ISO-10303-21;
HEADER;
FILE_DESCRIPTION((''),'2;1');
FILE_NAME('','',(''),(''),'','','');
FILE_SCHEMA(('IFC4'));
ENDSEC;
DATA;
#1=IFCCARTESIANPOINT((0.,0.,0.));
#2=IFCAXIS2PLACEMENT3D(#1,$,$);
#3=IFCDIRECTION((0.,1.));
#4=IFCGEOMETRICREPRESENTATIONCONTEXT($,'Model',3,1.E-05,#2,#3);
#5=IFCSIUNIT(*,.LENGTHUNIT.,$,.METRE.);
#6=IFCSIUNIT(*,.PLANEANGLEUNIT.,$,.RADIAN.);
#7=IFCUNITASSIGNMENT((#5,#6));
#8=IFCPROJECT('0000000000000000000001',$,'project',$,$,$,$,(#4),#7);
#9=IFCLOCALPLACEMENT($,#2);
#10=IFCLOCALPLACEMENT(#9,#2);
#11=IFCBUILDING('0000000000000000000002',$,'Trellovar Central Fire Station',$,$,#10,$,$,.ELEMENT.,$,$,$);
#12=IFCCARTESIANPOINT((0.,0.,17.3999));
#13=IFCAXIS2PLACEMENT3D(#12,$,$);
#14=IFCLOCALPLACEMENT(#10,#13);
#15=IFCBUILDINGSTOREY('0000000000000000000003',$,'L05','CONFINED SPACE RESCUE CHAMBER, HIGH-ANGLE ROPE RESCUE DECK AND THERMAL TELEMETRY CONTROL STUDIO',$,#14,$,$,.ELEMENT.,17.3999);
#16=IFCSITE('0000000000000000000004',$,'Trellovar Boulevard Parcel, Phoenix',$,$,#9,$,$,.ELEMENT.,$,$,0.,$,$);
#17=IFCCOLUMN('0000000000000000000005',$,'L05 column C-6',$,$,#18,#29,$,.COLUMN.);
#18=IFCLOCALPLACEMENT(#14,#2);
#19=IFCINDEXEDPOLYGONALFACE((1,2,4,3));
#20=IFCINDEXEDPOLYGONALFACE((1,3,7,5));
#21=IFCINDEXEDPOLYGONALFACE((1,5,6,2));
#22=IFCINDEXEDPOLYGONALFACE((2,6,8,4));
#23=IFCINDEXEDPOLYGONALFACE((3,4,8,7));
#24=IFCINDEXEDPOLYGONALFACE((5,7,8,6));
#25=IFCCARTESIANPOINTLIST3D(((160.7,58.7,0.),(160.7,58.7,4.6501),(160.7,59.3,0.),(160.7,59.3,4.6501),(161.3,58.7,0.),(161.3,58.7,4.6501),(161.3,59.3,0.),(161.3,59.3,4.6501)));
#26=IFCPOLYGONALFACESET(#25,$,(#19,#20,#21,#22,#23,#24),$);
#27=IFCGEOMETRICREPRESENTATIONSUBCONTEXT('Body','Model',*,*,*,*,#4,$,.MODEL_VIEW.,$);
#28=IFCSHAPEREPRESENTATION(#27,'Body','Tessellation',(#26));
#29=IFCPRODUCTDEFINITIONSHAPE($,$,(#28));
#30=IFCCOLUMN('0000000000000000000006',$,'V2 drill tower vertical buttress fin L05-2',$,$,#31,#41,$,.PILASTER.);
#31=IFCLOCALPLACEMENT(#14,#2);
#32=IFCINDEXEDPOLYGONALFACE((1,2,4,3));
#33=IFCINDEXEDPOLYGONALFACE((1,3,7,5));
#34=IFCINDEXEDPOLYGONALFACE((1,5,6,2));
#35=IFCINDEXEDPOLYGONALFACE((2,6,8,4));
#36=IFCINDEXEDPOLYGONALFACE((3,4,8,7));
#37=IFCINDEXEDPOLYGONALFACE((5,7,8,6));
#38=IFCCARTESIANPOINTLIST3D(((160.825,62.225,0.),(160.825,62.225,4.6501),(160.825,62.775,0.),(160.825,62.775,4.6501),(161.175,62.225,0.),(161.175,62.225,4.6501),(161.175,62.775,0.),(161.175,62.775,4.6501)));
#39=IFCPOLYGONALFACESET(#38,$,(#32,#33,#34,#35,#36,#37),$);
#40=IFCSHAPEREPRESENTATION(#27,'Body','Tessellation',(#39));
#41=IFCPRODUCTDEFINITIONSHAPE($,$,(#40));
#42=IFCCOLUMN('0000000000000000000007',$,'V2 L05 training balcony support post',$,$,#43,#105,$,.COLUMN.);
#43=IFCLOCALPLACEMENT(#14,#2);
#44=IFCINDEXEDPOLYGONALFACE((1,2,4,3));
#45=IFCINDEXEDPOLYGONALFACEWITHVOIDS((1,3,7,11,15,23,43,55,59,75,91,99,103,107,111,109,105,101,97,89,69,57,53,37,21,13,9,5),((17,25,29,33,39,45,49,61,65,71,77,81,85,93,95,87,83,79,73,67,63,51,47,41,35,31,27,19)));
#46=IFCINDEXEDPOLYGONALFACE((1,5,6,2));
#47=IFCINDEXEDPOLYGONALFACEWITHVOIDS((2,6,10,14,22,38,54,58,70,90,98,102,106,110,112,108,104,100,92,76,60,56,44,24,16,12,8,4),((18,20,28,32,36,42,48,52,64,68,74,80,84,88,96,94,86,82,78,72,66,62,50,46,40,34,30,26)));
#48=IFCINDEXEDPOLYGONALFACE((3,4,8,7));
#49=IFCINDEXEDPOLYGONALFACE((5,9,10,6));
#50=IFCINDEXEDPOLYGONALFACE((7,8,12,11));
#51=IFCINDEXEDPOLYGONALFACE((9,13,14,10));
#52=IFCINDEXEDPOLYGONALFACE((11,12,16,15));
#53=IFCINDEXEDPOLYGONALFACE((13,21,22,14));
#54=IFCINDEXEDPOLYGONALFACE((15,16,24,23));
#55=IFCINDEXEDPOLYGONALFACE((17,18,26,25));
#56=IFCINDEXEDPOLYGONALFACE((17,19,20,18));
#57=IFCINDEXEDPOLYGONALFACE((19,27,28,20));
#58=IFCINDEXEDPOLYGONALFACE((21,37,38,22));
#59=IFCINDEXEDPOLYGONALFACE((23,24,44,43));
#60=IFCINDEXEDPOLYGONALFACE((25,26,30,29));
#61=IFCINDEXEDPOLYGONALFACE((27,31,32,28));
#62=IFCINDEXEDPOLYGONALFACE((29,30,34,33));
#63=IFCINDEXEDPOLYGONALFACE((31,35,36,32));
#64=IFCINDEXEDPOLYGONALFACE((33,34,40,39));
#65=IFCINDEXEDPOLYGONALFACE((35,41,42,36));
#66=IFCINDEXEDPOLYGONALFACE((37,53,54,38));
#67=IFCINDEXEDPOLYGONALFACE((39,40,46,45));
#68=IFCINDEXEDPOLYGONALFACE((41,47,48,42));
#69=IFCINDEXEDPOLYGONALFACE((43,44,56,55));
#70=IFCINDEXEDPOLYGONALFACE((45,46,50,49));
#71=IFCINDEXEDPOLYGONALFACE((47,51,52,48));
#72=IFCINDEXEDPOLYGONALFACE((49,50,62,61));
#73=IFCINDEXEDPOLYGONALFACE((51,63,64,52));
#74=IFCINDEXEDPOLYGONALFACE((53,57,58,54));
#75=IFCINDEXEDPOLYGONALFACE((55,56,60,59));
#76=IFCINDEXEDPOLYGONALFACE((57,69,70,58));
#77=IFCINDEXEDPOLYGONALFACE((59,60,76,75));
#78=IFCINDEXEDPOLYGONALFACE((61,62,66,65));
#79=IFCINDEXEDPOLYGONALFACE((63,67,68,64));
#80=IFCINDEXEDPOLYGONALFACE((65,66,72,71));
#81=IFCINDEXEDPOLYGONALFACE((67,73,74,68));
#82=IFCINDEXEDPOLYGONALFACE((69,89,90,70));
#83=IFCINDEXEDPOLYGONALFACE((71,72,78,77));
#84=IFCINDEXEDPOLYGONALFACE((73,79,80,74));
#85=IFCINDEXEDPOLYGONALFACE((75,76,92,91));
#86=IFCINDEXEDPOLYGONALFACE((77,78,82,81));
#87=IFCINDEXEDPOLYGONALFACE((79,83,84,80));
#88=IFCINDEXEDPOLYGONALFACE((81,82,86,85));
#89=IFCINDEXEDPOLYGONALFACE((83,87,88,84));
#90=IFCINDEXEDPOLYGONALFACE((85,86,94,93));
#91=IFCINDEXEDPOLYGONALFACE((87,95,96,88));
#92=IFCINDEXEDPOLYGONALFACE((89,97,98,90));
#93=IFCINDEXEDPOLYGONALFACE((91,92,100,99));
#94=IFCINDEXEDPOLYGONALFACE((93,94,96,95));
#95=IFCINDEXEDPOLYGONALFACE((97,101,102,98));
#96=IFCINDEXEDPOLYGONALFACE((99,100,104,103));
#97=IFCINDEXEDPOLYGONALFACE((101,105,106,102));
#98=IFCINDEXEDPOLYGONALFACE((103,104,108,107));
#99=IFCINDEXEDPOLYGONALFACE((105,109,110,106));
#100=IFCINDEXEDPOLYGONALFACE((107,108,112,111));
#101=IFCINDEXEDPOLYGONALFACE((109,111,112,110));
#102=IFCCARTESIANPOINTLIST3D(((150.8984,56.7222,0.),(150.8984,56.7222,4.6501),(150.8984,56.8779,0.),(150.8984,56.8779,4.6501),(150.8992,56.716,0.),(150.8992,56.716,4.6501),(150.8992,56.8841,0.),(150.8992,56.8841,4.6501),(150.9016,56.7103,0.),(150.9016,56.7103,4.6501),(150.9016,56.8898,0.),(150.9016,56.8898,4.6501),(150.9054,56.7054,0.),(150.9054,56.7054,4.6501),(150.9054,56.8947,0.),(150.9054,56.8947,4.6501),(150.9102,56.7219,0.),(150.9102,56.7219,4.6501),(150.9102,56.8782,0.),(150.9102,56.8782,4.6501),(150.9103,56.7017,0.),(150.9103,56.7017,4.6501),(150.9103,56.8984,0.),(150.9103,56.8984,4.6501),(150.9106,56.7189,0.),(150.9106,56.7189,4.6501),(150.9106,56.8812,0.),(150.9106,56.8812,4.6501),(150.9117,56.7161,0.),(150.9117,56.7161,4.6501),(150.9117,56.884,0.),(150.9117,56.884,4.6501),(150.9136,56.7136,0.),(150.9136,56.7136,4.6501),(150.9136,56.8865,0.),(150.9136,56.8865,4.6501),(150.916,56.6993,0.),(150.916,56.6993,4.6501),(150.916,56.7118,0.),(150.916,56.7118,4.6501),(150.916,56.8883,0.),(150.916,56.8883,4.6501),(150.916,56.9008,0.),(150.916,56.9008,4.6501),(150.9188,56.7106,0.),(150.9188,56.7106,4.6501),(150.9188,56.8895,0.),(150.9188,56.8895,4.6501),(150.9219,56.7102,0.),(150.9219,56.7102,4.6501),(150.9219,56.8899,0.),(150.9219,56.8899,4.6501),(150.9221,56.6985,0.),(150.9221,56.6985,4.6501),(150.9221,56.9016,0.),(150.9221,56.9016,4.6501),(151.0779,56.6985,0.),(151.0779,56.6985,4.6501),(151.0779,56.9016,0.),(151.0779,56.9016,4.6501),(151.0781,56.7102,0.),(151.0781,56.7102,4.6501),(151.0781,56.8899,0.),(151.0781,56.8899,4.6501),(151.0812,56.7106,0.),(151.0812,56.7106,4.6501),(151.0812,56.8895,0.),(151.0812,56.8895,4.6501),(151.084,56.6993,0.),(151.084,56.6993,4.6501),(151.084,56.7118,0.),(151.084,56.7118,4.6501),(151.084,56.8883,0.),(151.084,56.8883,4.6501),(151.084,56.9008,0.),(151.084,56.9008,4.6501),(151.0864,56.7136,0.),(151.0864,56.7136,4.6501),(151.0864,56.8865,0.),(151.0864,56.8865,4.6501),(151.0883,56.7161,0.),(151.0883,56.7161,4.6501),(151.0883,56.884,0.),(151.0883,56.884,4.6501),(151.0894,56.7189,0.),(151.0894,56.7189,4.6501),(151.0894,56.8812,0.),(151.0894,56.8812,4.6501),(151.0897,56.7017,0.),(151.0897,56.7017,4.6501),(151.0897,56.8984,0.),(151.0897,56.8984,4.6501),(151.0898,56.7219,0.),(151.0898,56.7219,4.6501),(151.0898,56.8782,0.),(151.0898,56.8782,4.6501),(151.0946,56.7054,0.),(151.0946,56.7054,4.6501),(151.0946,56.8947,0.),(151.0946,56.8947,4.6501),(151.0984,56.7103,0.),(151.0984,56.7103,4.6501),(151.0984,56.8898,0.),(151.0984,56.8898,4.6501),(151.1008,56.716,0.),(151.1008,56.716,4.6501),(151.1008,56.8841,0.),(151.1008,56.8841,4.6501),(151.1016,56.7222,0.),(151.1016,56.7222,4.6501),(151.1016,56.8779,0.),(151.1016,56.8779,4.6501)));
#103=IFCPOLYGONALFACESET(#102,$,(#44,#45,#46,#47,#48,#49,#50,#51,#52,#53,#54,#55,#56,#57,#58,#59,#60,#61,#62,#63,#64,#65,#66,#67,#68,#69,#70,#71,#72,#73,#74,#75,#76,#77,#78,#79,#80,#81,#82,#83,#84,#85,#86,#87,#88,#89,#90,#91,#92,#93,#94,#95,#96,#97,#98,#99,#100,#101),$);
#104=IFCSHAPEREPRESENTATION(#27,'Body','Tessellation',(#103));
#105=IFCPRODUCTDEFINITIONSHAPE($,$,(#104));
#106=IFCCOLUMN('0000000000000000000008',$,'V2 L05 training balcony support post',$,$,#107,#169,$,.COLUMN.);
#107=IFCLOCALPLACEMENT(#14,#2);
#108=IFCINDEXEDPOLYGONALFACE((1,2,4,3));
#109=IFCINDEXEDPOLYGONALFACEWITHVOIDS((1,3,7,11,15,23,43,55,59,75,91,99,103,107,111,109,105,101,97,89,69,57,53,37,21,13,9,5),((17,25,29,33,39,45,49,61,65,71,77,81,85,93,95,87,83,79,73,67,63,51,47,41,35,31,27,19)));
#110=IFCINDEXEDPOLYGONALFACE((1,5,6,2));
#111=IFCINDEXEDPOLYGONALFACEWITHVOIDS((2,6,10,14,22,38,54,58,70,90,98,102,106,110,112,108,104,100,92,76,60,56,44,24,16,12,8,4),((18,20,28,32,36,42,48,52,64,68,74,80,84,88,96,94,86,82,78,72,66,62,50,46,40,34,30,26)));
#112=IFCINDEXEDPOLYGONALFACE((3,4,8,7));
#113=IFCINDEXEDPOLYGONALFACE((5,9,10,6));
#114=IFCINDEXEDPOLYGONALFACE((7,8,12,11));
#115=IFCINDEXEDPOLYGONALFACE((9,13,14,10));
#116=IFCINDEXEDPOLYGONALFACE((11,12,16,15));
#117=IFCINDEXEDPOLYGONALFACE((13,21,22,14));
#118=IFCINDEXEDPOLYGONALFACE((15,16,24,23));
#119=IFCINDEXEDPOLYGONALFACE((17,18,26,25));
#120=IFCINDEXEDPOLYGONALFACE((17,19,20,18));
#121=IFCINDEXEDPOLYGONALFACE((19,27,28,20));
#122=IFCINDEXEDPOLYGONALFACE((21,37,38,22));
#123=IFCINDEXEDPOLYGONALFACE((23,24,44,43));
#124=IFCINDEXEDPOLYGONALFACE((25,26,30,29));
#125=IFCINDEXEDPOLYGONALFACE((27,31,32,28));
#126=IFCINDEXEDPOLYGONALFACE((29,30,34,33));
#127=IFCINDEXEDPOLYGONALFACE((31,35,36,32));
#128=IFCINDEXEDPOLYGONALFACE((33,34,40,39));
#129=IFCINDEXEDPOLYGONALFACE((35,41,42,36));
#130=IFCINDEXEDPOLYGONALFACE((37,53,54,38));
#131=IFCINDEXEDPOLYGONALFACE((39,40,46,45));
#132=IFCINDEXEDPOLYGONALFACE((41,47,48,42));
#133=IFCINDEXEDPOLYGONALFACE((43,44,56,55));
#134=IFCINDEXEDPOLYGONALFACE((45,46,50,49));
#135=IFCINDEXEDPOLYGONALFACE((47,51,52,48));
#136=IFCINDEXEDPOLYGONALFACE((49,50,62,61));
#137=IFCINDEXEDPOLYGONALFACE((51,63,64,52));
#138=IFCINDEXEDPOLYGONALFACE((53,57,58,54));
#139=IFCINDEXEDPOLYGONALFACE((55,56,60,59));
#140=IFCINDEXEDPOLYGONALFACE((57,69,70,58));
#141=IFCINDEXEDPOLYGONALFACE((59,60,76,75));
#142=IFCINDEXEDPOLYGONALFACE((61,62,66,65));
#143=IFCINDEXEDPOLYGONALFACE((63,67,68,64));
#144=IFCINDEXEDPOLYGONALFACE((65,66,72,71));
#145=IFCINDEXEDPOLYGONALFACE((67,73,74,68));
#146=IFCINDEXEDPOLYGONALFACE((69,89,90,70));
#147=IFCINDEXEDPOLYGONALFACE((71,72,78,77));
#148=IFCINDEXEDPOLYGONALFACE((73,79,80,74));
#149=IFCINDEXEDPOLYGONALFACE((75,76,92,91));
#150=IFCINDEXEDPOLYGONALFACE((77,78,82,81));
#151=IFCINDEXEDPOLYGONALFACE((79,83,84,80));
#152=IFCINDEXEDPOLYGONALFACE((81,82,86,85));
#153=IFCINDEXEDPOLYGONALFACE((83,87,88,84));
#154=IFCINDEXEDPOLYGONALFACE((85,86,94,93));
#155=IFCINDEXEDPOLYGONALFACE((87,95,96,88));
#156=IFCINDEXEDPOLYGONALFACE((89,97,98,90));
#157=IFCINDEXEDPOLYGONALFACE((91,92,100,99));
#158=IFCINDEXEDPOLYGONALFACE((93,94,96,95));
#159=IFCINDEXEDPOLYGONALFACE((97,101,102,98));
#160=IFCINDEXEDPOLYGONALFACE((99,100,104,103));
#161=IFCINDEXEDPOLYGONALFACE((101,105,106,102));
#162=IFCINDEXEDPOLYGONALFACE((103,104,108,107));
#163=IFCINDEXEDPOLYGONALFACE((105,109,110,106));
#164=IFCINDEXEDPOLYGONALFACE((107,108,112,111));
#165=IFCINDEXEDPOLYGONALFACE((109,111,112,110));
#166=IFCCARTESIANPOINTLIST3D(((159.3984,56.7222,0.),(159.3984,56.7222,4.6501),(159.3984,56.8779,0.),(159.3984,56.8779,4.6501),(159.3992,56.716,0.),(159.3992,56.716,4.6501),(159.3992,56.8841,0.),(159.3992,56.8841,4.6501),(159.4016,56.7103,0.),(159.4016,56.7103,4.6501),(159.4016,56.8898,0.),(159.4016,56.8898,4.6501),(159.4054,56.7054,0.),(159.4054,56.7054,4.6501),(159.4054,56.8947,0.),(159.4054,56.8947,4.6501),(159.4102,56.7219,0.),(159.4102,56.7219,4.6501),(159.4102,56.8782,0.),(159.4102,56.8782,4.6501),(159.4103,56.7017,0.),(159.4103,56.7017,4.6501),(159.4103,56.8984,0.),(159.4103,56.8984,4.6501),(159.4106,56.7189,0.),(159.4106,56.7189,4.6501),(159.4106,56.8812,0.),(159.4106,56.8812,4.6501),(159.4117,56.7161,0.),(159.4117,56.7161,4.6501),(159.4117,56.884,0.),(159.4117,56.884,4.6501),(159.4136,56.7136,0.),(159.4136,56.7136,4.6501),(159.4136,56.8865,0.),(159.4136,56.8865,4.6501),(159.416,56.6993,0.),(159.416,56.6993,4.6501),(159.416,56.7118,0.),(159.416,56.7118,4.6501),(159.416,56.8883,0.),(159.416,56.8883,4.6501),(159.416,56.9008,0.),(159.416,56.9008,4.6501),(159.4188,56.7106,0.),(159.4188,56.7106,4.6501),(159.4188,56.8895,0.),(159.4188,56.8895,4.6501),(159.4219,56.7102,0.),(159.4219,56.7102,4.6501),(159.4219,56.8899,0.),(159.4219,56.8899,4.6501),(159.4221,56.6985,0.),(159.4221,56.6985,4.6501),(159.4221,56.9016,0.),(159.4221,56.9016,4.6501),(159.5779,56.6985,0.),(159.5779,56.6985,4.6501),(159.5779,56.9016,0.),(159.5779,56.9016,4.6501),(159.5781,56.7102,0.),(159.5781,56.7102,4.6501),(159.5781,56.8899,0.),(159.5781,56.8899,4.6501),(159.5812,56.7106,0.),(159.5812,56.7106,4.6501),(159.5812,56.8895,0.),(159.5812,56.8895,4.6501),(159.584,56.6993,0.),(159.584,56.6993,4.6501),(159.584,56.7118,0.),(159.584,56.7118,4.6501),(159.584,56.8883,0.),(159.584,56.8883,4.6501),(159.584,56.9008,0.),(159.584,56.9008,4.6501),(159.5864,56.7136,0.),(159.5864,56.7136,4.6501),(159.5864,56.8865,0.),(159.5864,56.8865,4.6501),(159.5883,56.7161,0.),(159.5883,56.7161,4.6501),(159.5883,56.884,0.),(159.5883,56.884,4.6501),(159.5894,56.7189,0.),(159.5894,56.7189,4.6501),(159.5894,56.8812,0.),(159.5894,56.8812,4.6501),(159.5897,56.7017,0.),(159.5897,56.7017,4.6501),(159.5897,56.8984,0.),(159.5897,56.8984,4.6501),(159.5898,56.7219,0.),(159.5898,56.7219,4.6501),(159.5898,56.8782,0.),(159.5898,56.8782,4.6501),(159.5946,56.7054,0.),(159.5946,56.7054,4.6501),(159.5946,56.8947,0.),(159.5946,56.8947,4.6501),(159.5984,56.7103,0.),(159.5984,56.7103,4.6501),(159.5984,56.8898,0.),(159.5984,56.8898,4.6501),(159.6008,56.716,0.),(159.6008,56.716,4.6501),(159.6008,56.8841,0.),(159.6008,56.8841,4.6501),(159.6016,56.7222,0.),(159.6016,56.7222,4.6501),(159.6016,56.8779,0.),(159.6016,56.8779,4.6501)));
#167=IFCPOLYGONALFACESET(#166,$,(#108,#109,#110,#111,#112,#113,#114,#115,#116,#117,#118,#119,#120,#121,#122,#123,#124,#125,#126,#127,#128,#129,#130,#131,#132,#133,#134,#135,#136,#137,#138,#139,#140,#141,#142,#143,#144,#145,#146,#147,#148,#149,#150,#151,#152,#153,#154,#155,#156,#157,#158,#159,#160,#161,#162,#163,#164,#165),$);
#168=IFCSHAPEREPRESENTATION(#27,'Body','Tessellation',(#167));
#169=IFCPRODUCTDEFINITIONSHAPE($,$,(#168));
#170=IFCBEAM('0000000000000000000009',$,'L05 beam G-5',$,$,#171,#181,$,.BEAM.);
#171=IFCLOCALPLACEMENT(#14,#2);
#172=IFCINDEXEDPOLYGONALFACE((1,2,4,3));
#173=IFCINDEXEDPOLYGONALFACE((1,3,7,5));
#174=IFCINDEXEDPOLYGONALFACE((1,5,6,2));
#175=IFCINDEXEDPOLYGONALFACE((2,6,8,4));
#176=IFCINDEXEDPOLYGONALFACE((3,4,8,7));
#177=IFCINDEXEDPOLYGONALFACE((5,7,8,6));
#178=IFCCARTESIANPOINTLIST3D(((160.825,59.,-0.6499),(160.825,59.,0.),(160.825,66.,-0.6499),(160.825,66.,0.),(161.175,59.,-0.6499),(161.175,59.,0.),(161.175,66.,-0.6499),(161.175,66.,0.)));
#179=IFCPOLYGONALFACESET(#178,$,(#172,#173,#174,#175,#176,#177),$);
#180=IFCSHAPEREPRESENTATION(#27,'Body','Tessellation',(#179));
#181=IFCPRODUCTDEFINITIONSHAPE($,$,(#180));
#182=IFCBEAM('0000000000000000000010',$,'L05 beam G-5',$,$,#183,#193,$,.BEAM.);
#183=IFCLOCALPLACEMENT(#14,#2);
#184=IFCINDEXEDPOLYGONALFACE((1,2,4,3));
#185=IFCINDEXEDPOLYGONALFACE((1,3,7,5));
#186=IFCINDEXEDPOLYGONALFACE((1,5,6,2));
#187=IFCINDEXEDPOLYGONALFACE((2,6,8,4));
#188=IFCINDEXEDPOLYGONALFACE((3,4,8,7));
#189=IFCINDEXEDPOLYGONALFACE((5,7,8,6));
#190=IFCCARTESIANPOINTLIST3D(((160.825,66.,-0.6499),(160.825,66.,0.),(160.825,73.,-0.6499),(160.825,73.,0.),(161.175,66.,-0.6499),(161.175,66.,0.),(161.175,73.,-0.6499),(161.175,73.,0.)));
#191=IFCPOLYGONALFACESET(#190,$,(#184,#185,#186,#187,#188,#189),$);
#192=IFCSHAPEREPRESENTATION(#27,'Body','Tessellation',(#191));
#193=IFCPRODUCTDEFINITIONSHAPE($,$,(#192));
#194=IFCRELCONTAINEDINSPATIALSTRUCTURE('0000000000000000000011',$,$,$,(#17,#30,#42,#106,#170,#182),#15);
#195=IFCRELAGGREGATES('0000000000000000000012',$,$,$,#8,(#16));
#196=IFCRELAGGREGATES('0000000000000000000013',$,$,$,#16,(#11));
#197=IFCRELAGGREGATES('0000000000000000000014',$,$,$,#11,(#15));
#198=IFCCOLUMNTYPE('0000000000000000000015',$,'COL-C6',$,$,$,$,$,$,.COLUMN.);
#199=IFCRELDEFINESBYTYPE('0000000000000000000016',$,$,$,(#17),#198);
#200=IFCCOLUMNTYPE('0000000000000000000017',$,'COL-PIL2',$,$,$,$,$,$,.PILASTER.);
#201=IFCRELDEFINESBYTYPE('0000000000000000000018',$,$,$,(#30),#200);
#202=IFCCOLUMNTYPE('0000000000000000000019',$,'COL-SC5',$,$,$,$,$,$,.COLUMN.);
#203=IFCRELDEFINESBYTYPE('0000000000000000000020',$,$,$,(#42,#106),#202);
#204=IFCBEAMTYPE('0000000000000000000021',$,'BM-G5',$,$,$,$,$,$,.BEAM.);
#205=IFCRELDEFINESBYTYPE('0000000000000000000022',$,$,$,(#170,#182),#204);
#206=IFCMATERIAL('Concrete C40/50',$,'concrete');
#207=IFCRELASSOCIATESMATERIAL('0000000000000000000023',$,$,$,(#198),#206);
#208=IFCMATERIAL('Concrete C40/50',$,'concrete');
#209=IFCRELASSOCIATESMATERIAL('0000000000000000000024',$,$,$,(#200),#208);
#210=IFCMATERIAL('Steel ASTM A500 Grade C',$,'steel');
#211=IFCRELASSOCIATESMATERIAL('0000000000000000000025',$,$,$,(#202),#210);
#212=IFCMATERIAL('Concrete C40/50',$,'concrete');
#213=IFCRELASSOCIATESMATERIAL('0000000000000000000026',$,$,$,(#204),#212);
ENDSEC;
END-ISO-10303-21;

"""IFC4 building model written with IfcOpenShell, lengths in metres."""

from ifc_helpers import new_model, si_unit, direction, frame, origin, origin_2d, place, context, subcontext, project, spatial, rectangle, hollow_rectangle, extrude, material, material_profile, profile_set, type_object, element, save


model = new_model("IFC4")

# Units and contexts
model_context = context("Model", 3, precision=1e-05, world=origin(), true_north=direction((0.0, 1.0)))
body_context = subcontext(model_context, "Body", "Model", "MODEL_VIEW")
ifc_project = project(units=[si_unit("LENGTHUNIT", "METRE"), si_unit("PLANEANGLEUNIT", "RADIAN")], contexts=[model_context])

# Site, building, storey
site_placement = place(None, origin())
site = spatial("IfcSite", under=ifc_project, at=site_placement, Name="Trellovar Boulevard Parcel, Phoenix", CompositionType="ELEMENT", RefElevation=0.0)
building_placement = place(site_placement, origin())
building = spatial("IfcBuilding", under=site, at=building_placement, Name="Trellovar Central Fire Station", CompositionType="ELEMENT")
storey_placement = place(building_placement, frame((0.0, 0.0, 17.3999)))
storey = spatial("IfcBuildingStorey", under=building, at=storey_placement, Name="L05", Description="CONFINED SPACE RESCUE CHAMBER, HIGH-ANGLE ROPE RESCUE DECK AND THERMAL TELEMETRY CONTROL STUDIO", CompositionType="ELEMENT", Elevation=17.3999)

# Columns
ifc_material_1 = material(Name="Concrete C40/50", Category="concrete")
ifc_material_profile_1 = material_profile(ifc_material_1, rectangle(XDim=0.6001, YDim=0.6001, at=origin_2d()), Name="RC600X600")
ifc_profile_set_1 = profile_set([ifc_material_profile_1], Name="Concrete C40/50")
column_type_1 = type_object("IfcColumnType", Name="COL-C6", PredefinedType="COLUMN", material=ifc_profile_set_1)
column_1_placement = place(storey_placement, frame((161.0, 59.0, 0.0), z_axis=(0.0, 0.0, 1.0), x_axis=(1.0, 0.0, 0.0)))
element("IfcColumn", 1, at=column_1_placement, inside=storey, type_object=column_type_1, Name="L05 column C-6", PredefinedType="COLUMN", context=body_context, shape_type="SweptSolid", body=[
    extrude(rectangle(XDim=0.6001, YDim=0.6001, at=origin_2d()), origin(), (0.0, 0.0, 1.0), 4.6501),
])
ifc_material_2 = material(Name="Concrete C40/50", Category="concrete")
ifc_material_profile_2 = material_profile(ifc_material_2, rectangle(XDim=0.3501, YDim=0.55, at=origin_2d()), Name="RC350X550")
ifc_profile_set_2 = profile_set([ifc_material_profile_2], Name="Concrete C40/50")
column_type_2 = type_object("IfcColumnType", Name="COL-PIL2", PredefinedType="PILASTER", material=ifc_profile_set_2)
column_2_placement = place(storey_placement, frame((161.0, 62.5, 0.0), z_axis=(0.0, 0.0, 1.0), x_axis=(1.0, 0.0, 0.0)))
element("IfcColumn", 2, at=column_2_placement, inside=storey, type_object=column_type_2, Name="V2 drill tower vertical buttress fin L05-2", PredefinedType="PILASTER", context=body_context, shape_type="SweptSolid", body=[
    extrude(rectangle(XDim=0.3501, YDim=0.55, at=origin_2d()), origin(), (0.0, 0.0, 1.0), 4.6501),
])
ifc_material_3 = material(Name="Steel ASTM A500 Grade C", Category="steel")
ifc_material_profile_3 = material_profile(ifc_material_3, hollow_rectangle(XDim=0.2031, YDim=0.2031, WallThickness=0.0117, InnerFilletRadius=0.0117, OuterFilletRadius=0.0237, at=origin_2d()), Name="HSS8X8X1/2")
ifc_profile_set_3 = profile_set([ifc_material_profile_3], Name="Steel ASTM A500 Grade C")
column_type_3 = type_object("IfcColumnType", Name="COL-SC5", PredefinedType="COLUMN", material=ifc_profile_set_3)
for number, where, z_axis, x_axis, name in (
    (3, (151.0, 56.8, 0.0), (0.0, 0.0, 1.0), (1.0, 0.0, 0.0), "V2 L05 training balcony support post"),
    (4, (159.5, 56.8, 0.0), (0.0, 0.0, 1.0), (1.0, 0.0, 0.0), "V2 L05 training balcony support post"),
):
    element("IfcColumn", number, at=place(storey_placement, frame(where, z_axis=z_axis, x_axis=x_axis)), inside=storey, type_object=column_type_3, Name=name, PredefinedType="COLUMN", context=body_context, shape_type="SweptSolid", body=[
        extrude(hollow_rectangle(XDim=0.2031, YDim=0.2031, WallThickness=0.0117, InnerFilletRadius=0.0117, OuterFilletRadius=0.0237, at=origin_2d()), origin(), (0.0, 0.0, 1.0), 4.6501),
    ])

# Beams
ifc_material_4 = material(Name="Concrete C40/50", Category="concrete")
ifc_material_profile_4 = material_profile(ifc_material_4, rectangle(XDim=0.3501, YDim=0.6499, at=origin_2d()), Name="RC350X650")
ifc_profile_set_4 = profile_set([ifc_material_profile_4], Name="Concrete C40/50")
beam_type_1 = type_object("IfcBeamType", Name="BM-G5", PredefinedType="BEAM", material=ifc_profile_set_4)
for number, where, z_axis, x_axis, name in (
    (5, (161.0, 59.0, -0.325), (0.0, 1.0, 0.0), (-1.0, 0.0, 0.0), "L05 beam G-5"),
    (6, (161.0, 66.0, -0.325), (0.0, 1.0, 0.0), (-1.0, 0.0, 0.0), "L05 beam G-5"),
):
    element("IfcBeam", number, at=place(storey_placement, frame(where, z_axis=z_axis, x_axis=x_axis)), inside=storey, type_object=beam_type_1, Name=name, PredefinedType="BEAM", context=body_context, shape_type="SweptSolid", body=[
        extrude(rectangle(XDim=0.3501, YDim=0.6499, at=origin_2d()), origin(), (0.0, 0.0, 1.0), 7.0),
    ])

save(model, "model.ifc")
